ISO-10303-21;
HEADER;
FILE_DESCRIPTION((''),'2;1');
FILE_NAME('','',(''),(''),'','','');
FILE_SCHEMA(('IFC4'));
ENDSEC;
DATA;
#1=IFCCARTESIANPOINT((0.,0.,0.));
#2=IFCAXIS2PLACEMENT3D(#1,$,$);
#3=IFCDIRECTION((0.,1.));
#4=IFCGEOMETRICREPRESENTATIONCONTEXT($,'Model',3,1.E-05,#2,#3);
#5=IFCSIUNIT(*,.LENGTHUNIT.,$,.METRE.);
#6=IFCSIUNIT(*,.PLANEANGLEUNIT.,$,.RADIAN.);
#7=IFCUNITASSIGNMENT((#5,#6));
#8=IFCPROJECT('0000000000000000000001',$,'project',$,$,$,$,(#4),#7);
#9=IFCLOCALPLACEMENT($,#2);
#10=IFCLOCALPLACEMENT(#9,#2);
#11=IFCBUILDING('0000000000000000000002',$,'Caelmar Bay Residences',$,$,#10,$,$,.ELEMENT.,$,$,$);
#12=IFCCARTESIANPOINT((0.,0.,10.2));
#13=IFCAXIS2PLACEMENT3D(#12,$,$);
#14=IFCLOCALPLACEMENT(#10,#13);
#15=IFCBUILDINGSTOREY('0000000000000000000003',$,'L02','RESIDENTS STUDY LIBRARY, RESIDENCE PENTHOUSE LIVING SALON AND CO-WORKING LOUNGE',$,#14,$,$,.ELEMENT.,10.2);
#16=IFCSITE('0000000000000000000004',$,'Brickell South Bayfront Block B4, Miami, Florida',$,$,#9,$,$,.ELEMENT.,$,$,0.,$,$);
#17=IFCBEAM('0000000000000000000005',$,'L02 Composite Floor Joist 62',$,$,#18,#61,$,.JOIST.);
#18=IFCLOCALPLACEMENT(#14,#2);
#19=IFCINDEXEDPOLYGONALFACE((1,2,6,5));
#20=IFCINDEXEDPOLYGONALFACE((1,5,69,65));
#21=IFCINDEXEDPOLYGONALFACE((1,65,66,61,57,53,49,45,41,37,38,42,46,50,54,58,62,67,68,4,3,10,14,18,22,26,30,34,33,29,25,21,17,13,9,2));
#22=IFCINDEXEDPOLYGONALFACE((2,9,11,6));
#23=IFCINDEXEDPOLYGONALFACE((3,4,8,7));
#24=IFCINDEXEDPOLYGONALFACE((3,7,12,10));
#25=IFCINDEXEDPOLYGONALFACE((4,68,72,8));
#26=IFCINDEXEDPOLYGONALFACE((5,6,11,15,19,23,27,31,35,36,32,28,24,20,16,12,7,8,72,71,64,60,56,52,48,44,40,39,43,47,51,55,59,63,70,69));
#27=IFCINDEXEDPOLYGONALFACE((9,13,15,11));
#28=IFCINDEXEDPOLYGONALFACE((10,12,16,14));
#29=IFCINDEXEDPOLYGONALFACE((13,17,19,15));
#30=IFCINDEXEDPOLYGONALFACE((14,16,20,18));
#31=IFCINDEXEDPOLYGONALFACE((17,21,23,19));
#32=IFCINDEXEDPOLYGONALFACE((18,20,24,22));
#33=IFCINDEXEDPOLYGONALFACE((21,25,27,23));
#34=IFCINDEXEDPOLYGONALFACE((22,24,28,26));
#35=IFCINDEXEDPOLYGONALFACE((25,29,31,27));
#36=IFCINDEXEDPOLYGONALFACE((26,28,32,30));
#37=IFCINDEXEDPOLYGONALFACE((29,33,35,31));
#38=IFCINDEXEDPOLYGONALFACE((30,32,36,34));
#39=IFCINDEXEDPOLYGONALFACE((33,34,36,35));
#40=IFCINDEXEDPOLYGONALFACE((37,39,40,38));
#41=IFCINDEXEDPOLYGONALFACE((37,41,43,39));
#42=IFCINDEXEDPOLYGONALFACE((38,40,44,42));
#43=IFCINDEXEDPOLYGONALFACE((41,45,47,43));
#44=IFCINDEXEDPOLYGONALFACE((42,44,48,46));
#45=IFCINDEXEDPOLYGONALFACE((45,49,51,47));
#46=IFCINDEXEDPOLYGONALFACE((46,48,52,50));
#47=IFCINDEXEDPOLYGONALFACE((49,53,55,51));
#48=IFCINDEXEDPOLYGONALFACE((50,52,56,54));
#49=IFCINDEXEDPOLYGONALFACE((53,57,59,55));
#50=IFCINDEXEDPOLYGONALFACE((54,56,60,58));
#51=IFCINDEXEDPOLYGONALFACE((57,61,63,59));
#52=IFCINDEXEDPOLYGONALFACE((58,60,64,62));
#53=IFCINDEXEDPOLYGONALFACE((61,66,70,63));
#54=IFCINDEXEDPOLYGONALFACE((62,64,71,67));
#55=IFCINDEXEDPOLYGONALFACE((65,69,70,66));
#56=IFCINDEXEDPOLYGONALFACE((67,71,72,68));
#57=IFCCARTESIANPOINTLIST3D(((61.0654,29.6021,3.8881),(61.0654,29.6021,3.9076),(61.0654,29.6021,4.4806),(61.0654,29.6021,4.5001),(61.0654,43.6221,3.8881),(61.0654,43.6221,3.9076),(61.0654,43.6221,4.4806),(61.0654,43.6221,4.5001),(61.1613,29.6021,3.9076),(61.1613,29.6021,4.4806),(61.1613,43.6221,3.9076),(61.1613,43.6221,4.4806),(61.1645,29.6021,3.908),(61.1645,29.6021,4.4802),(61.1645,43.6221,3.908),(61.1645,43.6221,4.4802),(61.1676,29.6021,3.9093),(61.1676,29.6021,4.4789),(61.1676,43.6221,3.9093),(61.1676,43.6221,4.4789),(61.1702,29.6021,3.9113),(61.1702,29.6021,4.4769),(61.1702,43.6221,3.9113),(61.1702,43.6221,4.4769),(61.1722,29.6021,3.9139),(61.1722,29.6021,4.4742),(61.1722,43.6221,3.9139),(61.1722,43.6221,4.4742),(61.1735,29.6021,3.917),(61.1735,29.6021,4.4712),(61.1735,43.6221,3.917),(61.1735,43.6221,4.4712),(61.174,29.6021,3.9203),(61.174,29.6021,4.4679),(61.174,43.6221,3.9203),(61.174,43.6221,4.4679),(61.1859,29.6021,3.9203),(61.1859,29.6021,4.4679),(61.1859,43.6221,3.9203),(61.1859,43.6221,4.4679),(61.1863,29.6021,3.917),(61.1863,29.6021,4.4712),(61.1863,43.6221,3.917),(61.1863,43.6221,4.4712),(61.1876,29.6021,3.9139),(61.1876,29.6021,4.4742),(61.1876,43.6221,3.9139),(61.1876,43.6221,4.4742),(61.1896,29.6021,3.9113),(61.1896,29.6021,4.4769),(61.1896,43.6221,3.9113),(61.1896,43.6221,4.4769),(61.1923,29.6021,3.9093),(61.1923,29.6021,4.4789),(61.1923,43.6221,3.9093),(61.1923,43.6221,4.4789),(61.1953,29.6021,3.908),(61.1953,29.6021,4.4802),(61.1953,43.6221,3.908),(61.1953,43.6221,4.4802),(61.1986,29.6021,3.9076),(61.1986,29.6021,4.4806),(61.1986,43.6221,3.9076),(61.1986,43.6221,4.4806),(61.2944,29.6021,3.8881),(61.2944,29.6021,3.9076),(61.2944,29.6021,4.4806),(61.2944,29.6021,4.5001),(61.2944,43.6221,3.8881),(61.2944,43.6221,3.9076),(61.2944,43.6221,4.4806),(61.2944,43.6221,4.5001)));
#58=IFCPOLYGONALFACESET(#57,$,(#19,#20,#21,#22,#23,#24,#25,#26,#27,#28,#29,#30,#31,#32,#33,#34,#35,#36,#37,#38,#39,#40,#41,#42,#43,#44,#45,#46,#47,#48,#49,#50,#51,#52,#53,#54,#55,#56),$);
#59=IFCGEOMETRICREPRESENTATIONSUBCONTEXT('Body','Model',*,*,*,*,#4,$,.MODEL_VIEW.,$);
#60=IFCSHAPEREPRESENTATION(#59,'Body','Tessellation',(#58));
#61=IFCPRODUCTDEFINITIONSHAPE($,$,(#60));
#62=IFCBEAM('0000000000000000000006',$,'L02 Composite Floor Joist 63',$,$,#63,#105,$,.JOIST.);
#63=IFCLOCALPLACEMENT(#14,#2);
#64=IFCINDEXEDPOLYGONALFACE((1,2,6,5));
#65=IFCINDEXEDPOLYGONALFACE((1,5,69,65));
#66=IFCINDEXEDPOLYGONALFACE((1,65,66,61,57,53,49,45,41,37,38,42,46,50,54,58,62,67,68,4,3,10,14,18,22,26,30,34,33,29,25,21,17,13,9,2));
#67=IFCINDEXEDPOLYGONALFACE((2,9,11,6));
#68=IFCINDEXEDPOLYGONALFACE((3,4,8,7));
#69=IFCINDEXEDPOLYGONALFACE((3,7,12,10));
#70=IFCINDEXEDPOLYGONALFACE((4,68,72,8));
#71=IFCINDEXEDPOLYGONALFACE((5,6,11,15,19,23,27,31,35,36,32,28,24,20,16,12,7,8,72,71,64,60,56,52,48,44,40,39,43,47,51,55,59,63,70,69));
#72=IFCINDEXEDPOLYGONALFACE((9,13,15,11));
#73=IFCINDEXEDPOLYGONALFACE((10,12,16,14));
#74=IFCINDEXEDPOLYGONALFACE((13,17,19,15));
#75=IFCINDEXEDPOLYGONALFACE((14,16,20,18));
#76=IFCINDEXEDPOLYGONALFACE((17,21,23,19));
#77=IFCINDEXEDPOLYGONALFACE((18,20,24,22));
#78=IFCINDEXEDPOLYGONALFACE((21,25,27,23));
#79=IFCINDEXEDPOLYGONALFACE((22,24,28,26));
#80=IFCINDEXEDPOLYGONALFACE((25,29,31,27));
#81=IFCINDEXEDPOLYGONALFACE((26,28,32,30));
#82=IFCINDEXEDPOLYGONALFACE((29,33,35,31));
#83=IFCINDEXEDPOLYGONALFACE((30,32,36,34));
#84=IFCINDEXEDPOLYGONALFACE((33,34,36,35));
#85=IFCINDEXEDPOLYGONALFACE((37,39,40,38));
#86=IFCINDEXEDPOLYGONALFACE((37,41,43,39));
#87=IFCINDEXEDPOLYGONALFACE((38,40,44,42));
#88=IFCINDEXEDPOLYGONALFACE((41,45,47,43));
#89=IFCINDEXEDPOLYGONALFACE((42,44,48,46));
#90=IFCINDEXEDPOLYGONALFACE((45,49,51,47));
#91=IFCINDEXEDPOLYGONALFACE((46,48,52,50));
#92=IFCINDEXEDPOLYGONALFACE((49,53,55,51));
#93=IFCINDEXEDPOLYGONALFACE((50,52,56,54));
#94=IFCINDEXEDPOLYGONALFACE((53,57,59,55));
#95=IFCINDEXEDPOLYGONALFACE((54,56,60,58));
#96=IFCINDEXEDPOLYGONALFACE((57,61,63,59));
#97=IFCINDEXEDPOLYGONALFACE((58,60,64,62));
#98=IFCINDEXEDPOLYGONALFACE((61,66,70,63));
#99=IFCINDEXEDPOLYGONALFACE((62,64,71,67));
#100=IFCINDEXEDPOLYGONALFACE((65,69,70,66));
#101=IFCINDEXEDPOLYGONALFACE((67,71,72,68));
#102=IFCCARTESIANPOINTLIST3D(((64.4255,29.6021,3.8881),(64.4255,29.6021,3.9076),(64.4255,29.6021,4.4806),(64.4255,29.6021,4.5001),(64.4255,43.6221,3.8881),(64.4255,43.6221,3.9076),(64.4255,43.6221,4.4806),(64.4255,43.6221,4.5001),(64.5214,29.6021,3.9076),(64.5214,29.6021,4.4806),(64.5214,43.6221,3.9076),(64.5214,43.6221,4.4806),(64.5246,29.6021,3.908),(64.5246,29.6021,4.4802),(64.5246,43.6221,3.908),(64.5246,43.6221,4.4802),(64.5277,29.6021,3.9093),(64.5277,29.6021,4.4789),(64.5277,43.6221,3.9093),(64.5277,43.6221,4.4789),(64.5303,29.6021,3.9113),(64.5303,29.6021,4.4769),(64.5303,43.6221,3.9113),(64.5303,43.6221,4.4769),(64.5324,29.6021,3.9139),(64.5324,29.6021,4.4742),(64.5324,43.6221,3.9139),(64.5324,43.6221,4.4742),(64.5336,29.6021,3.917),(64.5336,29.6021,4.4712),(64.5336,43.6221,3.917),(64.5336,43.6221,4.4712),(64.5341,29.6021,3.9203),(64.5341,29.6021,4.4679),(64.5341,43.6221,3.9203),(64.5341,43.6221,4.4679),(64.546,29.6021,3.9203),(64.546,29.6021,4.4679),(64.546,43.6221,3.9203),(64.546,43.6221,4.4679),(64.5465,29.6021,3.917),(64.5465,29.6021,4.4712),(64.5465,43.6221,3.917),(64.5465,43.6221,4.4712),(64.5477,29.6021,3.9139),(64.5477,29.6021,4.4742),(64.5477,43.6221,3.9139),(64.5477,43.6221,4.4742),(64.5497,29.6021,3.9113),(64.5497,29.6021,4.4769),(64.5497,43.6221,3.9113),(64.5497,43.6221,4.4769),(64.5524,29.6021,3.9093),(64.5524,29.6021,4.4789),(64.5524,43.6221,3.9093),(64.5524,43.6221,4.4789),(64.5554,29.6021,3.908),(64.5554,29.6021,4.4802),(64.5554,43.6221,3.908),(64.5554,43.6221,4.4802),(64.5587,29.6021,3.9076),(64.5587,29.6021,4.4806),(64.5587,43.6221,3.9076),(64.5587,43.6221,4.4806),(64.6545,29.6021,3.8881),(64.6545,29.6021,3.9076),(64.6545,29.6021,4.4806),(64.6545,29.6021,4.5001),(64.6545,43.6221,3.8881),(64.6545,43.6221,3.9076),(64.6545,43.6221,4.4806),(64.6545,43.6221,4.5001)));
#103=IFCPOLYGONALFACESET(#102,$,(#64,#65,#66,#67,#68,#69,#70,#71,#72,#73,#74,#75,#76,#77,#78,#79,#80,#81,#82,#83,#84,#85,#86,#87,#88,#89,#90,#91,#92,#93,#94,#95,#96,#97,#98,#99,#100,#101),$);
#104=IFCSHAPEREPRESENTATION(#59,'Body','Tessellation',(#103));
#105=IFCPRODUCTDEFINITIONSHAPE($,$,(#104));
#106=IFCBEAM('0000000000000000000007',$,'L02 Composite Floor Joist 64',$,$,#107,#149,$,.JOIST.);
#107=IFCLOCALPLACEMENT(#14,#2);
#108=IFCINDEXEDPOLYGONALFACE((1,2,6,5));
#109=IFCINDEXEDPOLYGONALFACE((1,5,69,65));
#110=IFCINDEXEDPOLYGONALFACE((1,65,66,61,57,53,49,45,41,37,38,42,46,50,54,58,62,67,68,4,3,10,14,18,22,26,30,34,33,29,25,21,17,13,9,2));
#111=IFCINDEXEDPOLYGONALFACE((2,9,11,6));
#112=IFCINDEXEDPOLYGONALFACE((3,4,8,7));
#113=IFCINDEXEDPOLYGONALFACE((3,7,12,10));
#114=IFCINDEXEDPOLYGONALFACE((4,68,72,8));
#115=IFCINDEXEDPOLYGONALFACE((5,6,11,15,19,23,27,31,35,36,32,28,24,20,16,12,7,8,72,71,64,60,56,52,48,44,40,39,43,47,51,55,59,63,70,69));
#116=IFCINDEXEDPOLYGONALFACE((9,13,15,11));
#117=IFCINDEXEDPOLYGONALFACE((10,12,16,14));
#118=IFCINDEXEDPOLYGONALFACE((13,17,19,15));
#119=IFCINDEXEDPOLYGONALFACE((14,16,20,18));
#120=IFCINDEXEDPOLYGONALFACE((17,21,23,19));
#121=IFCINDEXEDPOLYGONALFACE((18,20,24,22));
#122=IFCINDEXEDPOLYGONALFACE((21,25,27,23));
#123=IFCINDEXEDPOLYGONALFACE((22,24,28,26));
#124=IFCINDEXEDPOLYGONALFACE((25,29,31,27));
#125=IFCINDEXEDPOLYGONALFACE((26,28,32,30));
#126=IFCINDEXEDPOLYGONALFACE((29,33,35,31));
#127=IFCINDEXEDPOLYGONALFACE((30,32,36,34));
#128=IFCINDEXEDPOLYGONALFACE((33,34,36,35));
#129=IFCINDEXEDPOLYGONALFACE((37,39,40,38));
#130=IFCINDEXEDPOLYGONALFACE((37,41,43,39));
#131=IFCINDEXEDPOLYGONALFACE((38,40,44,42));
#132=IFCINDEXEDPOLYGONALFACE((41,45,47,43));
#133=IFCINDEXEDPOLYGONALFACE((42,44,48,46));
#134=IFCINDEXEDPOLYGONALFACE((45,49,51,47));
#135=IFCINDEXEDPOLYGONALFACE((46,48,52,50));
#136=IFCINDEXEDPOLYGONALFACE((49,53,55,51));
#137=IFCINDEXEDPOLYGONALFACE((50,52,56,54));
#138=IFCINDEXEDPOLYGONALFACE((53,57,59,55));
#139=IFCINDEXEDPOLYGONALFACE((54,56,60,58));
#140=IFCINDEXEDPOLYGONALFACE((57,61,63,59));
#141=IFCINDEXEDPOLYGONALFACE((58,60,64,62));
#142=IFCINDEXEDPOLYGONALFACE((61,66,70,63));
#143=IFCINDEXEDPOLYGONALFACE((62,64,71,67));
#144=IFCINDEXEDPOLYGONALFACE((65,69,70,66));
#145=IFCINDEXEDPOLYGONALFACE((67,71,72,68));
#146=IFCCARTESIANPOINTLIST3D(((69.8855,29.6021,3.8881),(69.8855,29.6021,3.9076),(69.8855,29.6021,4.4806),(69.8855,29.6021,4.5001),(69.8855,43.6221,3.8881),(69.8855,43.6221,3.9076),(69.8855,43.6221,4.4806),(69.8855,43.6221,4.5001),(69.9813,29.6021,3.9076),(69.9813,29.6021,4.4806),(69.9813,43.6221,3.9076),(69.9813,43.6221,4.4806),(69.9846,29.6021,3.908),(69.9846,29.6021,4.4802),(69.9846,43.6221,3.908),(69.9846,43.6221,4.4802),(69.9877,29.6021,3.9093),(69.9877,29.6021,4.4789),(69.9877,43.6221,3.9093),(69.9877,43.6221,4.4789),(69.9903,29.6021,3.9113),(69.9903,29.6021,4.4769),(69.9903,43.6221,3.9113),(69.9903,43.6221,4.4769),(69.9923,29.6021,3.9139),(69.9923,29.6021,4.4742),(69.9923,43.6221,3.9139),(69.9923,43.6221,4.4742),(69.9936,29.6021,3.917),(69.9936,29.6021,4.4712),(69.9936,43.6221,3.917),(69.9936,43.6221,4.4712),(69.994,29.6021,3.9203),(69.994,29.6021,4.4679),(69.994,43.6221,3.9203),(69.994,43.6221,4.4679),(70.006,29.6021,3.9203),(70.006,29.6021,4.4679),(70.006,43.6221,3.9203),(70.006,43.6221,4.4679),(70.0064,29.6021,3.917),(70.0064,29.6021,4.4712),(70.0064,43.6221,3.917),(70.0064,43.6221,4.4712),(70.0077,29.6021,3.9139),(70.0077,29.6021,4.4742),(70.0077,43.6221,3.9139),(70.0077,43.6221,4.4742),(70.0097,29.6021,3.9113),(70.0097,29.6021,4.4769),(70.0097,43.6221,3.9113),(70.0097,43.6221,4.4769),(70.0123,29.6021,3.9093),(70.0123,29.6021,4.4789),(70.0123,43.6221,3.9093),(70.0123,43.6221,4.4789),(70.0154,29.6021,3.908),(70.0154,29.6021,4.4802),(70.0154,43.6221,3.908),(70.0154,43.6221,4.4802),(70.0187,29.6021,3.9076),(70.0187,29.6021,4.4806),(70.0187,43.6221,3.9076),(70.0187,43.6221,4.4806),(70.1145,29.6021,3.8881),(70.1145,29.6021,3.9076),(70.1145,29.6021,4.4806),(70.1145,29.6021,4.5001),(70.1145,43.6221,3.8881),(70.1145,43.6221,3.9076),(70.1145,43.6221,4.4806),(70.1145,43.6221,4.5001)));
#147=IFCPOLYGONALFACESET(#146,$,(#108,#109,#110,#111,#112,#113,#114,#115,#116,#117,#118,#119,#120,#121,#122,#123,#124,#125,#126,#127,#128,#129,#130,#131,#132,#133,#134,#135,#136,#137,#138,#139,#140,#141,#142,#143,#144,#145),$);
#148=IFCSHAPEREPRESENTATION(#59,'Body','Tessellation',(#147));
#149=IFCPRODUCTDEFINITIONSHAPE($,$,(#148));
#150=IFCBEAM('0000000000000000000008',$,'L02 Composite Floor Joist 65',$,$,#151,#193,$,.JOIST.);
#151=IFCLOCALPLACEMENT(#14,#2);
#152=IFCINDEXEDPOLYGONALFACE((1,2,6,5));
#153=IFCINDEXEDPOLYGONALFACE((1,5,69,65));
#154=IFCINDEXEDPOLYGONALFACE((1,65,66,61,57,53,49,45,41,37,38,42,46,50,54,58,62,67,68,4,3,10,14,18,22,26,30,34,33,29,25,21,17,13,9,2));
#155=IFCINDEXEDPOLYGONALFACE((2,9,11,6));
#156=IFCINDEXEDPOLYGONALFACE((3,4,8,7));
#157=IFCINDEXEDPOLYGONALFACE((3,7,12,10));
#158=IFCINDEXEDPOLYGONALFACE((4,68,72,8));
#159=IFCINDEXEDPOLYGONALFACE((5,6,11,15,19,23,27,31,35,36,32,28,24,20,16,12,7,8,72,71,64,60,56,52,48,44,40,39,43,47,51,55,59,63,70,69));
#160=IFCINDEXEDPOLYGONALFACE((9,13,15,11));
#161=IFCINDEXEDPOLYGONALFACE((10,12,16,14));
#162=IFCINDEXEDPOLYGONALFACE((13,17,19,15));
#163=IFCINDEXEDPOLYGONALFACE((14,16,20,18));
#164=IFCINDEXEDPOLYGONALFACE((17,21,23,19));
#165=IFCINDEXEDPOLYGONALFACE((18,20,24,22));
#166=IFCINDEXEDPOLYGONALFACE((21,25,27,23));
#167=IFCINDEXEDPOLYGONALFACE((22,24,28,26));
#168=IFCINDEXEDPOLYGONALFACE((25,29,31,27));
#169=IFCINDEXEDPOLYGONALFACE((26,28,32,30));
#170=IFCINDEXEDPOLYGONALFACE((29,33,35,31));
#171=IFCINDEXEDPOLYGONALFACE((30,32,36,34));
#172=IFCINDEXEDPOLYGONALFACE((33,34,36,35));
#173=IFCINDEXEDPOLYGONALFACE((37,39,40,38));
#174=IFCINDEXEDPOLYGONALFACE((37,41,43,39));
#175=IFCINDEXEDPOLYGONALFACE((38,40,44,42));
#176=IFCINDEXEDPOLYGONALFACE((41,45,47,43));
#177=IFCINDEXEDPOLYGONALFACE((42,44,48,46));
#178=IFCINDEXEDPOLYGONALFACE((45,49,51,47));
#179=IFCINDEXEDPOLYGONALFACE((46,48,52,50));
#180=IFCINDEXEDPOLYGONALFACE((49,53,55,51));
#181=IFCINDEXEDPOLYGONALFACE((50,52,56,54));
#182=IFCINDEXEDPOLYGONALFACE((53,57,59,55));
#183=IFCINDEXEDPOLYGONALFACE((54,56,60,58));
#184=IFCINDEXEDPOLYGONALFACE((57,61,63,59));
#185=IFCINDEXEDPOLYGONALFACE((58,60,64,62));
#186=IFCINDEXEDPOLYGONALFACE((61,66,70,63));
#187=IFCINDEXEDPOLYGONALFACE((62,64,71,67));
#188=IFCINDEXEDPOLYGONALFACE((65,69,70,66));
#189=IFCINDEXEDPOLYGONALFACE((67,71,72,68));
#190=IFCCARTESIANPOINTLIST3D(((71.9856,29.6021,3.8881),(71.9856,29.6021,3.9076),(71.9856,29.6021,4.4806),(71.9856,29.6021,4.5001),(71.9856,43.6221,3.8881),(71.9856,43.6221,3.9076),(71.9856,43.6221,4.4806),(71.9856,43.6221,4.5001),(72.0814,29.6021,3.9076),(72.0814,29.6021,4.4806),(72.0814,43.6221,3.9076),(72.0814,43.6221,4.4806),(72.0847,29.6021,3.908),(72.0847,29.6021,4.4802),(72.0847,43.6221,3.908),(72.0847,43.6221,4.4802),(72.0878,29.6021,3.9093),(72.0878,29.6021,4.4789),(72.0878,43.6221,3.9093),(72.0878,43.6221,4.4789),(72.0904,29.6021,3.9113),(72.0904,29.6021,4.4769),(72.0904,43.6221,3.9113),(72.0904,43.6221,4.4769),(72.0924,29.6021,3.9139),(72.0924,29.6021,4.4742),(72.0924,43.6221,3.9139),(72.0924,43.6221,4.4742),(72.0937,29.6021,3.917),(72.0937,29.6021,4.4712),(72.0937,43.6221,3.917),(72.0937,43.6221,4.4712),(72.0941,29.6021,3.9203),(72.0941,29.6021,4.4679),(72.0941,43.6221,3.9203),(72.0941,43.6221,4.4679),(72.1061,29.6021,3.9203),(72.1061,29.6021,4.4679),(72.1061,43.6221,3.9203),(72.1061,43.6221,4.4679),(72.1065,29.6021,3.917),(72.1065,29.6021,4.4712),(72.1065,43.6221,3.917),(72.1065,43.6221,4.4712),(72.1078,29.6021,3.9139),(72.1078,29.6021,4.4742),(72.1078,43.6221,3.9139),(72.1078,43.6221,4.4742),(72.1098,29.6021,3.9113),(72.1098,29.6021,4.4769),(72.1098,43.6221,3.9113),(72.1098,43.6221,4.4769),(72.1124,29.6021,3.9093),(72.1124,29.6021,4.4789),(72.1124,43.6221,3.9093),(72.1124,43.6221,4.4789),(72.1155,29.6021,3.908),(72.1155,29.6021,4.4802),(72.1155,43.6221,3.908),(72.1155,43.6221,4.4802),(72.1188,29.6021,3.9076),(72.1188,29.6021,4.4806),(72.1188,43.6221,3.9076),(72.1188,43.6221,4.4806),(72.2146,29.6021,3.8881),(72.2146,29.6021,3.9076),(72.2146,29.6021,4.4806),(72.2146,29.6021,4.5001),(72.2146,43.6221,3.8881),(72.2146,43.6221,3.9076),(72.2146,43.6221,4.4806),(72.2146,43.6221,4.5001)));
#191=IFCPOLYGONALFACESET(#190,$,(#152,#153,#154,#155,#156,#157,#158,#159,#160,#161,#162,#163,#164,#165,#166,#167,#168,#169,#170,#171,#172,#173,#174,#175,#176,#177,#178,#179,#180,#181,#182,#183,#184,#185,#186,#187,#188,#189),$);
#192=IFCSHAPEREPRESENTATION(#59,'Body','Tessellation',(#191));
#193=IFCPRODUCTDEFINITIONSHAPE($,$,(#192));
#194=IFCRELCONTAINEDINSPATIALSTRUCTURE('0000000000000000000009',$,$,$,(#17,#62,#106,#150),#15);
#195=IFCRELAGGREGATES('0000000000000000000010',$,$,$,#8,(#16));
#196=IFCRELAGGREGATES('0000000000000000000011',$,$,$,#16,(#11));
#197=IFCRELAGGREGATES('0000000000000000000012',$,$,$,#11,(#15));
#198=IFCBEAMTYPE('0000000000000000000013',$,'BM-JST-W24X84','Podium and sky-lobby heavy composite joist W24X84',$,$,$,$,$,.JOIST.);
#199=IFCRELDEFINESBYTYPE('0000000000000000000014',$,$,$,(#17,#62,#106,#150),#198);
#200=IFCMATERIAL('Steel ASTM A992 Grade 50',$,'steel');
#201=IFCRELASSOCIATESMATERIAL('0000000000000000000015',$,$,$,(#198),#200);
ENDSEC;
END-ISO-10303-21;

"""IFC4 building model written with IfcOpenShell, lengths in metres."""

from ifc_helpers import new_model, si_unit, direction, frame, origin, origin_2d, place, context, subcontext, project, spatial, i_section, extrude, material, material_profile, profile_set, type_object, element, save


model = new_model("IFC4")

# Units and contexts
model_context = context("Model", 3, precision=1e-05, world=origin(), true_north=direction((0.0, 1.0)))
body_context = subcontext(model_context, "Body", "Model", "MODEL_VIEW")
ifc_project = project(units=[si_unit("LENGTHUNIT", "METRE"), si_unit("PLANEANGLEUNIT", "RADIAN")], contexts=[model_context])

# Site, building, storey
site_placement = place(None, origin())
site = spatial("IfcSite", under=ifc_project, at=site_placement, Name="Brickell South Bayfront Block B4, Miami, Florida", CompositionType="ELEMENT", RefElevation=0.0)
building_placement = place(site_placement, origin())
building = spatial("IfcBuilding", under=site, at=building_placement, Name="Caelmar Bay Residences", CompositionType="ELEMENT")
storey_placement = place(building_placement, frame((0.0, 0.0, 10.2)))
storey = spatial("IfcBuildingStorey", under=building, at=storey_placement, Name="L02", Description="RESIDENTS STUDY LIBRARY, RESIDENCE PENTHOUSE LIVING SALON AND CO-WORKING LOUNGE", CompositionType="ELEMENT", Elevation=10.2)

# Beams
ifc_material_1 = material(Name="Steel ASTM A992 Grade 50", Category="steel")
ifc_material_profile_1 = material_profile(ifc_material_1, i_section(OverallWidth=0.229, OverallDepth=0.6121, WebThickness=0.012, FlangeThickness=0.0195, FilletRadius=0.0127, at=origin_2d()), Name="W24X84")
ifc_profile_set_1 = profile_set([ifc_material_profile_1], Name="Steel ASTM A992 Grade 50")
beam_type_1 = type_object("IfcBeamType", Name="BM-JST-W24X84", Description="Podium and sky-lobby heavy composite joist W24X84", PredefinedType="JOIST", material=ifc_profile_set_1)
for number, where, z_axis, x_axis, name in (
    (1, (61.1799, 29.6021, 4.1941), (0.0, 1.0, 0.0), (-1.0, 0.0, 0.0), "L02 Composite Floor Joist 62"),
    (2, (64.54, 29.6021, 4.1941), (0.0, 1.0, 0.0), (-1.0, 0.0, 0.0), "L02 Composite Floor Joist 63"),
    (3, (70.0, 29.6021, 4.1941), (0.0, 1.0, 0.0), (-1.0, 0.0, 0.0), "L02 Composite Floor Joist 64"),
    (4, (72.1001, 29.6021, 4.1941), (0.0, 1.0, 0.0), (-1.0, 0.0, 0.0), "L02 Composite Floor Joist 65"),
):
    element("IfcBeam", number, at=place(storey_placement, frame(where, z_axis=z_axis, x_axis=x_axis)), inside=storey, type_object=beam_type_1, Name=name, PredefinedType="JOIST", context=body_context, shape_type="SweptSolid", body=[
        extrude(i_section(OverallWidth=0.229, OverallDepth=0.6121, WebThickness=0.012, FlangeThickness=0.0195, FilletRadius=0.0127, at=origin_2d()), origin(), (0.0, 0.0, 1.0), 14.02),
    ])

save(model, "model.ifc")
